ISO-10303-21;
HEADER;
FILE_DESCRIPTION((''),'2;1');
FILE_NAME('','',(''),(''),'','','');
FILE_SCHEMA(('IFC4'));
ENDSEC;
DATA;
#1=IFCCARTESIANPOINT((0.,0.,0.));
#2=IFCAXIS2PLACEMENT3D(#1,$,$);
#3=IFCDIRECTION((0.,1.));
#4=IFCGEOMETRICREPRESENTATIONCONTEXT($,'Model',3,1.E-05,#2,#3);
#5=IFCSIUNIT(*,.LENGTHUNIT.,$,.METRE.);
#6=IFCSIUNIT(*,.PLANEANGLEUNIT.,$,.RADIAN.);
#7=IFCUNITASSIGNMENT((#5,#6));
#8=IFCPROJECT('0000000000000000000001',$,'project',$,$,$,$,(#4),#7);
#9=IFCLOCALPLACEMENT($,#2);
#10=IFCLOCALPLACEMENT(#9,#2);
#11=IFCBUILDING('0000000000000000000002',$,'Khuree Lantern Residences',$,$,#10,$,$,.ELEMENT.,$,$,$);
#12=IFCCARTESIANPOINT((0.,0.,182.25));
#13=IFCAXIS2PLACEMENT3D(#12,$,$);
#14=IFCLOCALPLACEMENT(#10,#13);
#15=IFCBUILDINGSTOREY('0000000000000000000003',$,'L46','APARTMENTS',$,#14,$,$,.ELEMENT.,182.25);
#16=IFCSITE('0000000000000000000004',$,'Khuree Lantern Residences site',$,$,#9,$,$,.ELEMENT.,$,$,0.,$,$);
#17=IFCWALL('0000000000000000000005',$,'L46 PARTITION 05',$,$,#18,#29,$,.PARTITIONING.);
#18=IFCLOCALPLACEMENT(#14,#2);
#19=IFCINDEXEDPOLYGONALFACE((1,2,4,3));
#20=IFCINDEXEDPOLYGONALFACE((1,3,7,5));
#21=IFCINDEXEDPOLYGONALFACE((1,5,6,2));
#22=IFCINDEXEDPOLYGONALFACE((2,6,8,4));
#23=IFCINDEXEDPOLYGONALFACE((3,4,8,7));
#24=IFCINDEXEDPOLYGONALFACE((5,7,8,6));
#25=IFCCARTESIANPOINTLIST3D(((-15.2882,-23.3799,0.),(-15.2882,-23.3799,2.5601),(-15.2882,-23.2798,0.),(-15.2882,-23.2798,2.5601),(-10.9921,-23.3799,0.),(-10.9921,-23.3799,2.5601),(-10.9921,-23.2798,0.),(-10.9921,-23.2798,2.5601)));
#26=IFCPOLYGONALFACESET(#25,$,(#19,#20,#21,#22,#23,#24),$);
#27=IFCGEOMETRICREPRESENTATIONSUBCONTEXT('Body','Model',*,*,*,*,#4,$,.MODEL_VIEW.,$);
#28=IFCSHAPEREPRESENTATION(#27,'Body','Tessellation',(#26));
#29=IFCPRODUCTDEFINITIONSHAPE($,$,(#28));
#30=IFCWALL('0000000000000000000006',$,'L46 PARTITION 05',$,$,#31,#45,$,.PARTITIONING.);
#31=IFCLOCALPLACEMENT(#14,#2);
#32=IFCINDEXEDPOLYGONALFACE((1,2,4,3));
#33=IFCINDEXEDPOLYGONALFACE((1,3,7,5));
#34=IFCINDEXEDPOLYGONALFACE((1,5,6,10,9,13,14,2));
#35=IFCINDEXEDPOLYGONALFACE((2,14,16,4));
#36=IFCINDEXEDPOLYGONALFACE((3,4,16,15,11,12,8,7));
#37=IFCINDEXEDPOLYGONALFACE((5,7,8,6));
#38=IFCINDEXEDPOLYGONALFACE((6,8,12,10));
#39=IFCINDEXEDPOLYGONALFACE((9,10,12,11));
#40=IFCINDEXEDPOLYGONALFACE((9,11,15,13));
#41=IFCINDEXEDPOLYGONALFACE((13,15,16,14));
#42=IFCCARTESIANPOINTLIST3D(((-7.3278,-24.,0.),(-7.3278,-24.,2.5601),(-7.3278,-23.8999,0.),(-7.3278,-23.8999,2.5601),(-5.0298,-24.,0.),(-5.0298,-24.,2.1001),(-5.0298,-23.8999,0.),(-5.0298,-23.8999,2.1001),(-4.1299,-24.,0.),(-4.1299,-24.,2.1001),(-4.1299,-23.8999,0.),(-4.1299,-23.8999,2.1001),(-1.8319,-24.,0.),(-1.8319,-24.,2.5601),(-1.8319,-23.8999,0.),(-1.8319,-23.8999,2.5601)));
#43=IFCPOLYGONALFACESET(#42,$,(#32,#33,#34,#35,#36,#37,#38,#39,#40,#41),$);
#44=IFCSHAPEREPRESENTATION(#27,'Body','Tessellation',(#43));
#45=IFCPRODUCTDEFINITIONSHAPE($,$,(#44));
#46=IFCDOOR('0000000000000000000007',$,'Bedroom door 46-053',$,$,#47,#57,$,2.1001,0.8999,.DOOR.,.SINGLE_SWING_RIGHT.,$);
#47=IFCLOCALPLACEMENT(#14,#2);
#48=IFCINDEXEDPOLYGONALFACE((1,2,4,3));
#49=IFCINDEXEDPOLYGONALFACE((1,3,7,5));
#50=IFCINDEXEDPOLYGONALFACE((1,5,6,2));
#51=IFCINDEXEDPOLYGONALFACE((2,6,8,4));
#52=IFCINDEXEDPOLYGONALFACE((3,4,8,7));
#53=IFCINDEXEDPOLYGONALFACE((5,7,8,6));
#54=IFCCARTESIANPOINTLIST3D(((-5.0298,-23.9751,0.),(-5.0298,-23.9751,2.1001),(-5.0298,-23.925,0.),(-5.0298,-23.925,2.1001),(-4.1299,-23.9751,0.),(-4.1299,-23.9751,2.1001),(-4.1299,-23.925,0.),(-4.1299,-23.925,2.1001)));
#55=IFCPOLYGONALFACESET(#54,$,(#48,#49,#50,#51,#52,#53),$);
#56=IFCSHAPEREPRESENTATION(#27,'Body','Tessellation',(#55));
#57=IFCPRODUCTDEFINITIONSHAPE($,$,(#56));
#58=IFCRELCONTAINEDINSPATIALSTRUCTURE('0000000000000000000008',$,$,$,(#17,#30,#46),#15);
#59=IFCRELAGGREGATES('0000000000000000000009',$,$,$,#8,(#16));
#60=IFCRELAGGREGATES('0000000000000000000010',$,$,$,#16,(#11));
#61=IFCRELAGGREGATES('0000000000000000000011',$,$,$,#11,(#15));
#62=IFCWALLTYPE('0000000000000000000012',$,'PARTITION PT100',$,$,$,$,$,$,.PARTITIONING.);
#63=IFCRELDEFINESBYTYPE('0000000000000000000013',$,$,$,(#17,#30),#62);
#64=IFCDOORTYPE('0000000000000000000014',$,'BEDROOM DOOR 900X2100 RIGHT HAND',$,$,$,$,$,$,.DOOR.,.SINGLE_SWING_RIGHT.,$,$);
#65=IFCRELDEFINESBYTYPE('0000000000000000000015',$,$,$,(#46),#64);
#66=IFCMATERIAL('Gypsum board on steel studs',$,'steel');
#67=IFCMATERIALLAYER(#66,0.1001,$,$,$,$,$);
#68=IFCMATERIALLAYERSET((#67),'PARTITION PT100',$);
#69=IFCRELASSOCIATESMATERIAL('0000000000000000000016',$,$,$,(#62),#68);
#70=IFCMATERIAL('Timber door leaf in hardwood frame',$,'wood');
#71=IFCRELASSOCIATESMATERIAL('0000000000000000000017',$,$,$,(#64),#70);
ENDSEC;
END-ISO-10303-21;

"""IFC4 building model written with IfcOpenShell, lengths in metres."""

from ifc_helpers import new_model, si_unit, direction, frame, frame_2d, origin, place, context, subcontext, project, spatial, rectangle, extrude, material, layer, layer_set, type_object, element, fill, save


model = new_model("IFC4")

# Units and contexts
model_context = context("Model", 3, precision=1e-05, world=origin(), true_north=direction((0.0, 1.0)))
body_context = subcontext(model_context, "Body", "Model", "MODEL_VIEW")
ifc_project = project(units=[si_unit("LENGTHUNIT", "METRE"), si_unit("PLANEANGLEUNIT", "RADIAN")], contexts=[model_context])

# Site, building, storey
site_placement = place(None, origin())
site = spatial("IfcSite", under=ifc_project, at=site_placement, Name="Khuree Lantern Residences site", CompositionType="ELEMENT", RefElevation=0.0)
building_placement = place(site_placement, origin())
building = spatial("IfcBuilding", under=site, at=building_placement, Name="Khuree Lantern Residences", CompositionType="ELEMENT")
storey_placement = place(building_placement, frame((0.0, 0.0, 182.25)))
storey = spatial("IfcBuildingStorey", under=building, at=storey_placement, Name="L46", Description="APARTMENTS", CompositionType="ELEMENT", Elevation=182.25)

# Shared definitions
ifc_material_1 = material(Name="Gypsum board on steel studs", Category="steel")
ifc_layer_1 = layer(ifc_material_1, 0.1001)
ifc_layer_set_1 = layer_set([ifc_layer_1], Name="PARTITION PT100")
wall_type = type_object("IfcWallType", Name="PARTITION PT100", PredefinedType="PARTITIONING", material=ifc_layer_set_1)

# Shared definitions
ifc_material_2 = material(Name="Timber door leaf in hardwood frame", Category="wood")

# Wall
wall_1_placement = place(storey_placement, frame((-15.2881, -23.3298, 0.0), z_axis=(0.0, 0.0, 1.0), x_axis=(1.0, 0.0, 0.0)))
element("IfcWall", 1, at=wall_1_placement, inside=storey, type_object=wall_type, Name="L46 PARTITION 05", PredefinedType="PARTITIONING", context=body_context, shape_type="SweptSolid", body=[
    extrude(rectangle(XDim=4.2961, YDim=0.1001, at=frame_2d((2.1479, 0.0))), origin(), (0.0, 0.0, 1.0), 2.5601),
])

# Wall, opening, door
wall_2_placement = place(storey_placement, frame((-7.3279, -23.95, 0.0), z_axis=(0.0, 0.0, 1.0), x_axis=(1.0, 0.0, 0.0)))
wall_2 = element("IfcWall", 2, at=wall_2_placement, inside=storey, type_object=wall_type, Name="L46 PARTITION 05", PredefinedType="PARTITIONING", context=body_context, shape_type="SweptSolid", body=[
    extrude(rectangle(XDim=5.4958, YDim=0.1001, at=frame_2d((2.748, 0.0))), origin(), (0.0, 0.0, 1.0), 2.5601),
])
opening_1_placement = place(wall_2_placement, frame((2.2981, 0.0, 0.0)))
opening_1 = element("IfcOpeningElement", 3, at=opening_1_placement, cuts=wall_2, PredefinedType="OPENING", context=body_context, shape_type="SweptSolid", body=[
    extrude(rectangle(XDim=0.8999, YDim=2.1001, at=frame_2d((0.45, 1.05))), frame((0.0, 0.0601, 0.0), z_axis=(0.0, -1.0, 0.0), x_axis=(1.0, 0.0, 0.0)), (0.0, 0.0, 1.0), 0.1201),
])
door_type_1 = type_object("IfcDoorType", Name="BEDROOM DOOR 900X2100 RIGHT HAND", OperationType="SINGLE_SWING_RIGHT", PredefinedType="DOOR", material=ifc_material_2)
door_1_placement = place(opening_1_placement, origin())
door_1 = element("IfcDoor", 4, at=door_1_placement, inside=storey, type_object=door_type_1, Name="Bedroom door 46-053", OperationType="SINGLE_SWING_RIGHT", OverallHeight=2.1001, OverallWidth=0.8999, PredefinedType="DOOR", context=body_context, shape_type="SweptSolid", body=[
    extrude(rectangle(XDim=0.8999, YDim=2.1001, at=frame_2d((0.45, 1.05))), frame((0.0, 0.0249, 0.0), z_axis=(0.0, -1.0, 0.0), x_axis=(1.0, 0.0, 0.0)), (0.0, 0.0, 1.0), 0.05),
])
fill(opening_1, door_1)

save(model, "model.ifc")
